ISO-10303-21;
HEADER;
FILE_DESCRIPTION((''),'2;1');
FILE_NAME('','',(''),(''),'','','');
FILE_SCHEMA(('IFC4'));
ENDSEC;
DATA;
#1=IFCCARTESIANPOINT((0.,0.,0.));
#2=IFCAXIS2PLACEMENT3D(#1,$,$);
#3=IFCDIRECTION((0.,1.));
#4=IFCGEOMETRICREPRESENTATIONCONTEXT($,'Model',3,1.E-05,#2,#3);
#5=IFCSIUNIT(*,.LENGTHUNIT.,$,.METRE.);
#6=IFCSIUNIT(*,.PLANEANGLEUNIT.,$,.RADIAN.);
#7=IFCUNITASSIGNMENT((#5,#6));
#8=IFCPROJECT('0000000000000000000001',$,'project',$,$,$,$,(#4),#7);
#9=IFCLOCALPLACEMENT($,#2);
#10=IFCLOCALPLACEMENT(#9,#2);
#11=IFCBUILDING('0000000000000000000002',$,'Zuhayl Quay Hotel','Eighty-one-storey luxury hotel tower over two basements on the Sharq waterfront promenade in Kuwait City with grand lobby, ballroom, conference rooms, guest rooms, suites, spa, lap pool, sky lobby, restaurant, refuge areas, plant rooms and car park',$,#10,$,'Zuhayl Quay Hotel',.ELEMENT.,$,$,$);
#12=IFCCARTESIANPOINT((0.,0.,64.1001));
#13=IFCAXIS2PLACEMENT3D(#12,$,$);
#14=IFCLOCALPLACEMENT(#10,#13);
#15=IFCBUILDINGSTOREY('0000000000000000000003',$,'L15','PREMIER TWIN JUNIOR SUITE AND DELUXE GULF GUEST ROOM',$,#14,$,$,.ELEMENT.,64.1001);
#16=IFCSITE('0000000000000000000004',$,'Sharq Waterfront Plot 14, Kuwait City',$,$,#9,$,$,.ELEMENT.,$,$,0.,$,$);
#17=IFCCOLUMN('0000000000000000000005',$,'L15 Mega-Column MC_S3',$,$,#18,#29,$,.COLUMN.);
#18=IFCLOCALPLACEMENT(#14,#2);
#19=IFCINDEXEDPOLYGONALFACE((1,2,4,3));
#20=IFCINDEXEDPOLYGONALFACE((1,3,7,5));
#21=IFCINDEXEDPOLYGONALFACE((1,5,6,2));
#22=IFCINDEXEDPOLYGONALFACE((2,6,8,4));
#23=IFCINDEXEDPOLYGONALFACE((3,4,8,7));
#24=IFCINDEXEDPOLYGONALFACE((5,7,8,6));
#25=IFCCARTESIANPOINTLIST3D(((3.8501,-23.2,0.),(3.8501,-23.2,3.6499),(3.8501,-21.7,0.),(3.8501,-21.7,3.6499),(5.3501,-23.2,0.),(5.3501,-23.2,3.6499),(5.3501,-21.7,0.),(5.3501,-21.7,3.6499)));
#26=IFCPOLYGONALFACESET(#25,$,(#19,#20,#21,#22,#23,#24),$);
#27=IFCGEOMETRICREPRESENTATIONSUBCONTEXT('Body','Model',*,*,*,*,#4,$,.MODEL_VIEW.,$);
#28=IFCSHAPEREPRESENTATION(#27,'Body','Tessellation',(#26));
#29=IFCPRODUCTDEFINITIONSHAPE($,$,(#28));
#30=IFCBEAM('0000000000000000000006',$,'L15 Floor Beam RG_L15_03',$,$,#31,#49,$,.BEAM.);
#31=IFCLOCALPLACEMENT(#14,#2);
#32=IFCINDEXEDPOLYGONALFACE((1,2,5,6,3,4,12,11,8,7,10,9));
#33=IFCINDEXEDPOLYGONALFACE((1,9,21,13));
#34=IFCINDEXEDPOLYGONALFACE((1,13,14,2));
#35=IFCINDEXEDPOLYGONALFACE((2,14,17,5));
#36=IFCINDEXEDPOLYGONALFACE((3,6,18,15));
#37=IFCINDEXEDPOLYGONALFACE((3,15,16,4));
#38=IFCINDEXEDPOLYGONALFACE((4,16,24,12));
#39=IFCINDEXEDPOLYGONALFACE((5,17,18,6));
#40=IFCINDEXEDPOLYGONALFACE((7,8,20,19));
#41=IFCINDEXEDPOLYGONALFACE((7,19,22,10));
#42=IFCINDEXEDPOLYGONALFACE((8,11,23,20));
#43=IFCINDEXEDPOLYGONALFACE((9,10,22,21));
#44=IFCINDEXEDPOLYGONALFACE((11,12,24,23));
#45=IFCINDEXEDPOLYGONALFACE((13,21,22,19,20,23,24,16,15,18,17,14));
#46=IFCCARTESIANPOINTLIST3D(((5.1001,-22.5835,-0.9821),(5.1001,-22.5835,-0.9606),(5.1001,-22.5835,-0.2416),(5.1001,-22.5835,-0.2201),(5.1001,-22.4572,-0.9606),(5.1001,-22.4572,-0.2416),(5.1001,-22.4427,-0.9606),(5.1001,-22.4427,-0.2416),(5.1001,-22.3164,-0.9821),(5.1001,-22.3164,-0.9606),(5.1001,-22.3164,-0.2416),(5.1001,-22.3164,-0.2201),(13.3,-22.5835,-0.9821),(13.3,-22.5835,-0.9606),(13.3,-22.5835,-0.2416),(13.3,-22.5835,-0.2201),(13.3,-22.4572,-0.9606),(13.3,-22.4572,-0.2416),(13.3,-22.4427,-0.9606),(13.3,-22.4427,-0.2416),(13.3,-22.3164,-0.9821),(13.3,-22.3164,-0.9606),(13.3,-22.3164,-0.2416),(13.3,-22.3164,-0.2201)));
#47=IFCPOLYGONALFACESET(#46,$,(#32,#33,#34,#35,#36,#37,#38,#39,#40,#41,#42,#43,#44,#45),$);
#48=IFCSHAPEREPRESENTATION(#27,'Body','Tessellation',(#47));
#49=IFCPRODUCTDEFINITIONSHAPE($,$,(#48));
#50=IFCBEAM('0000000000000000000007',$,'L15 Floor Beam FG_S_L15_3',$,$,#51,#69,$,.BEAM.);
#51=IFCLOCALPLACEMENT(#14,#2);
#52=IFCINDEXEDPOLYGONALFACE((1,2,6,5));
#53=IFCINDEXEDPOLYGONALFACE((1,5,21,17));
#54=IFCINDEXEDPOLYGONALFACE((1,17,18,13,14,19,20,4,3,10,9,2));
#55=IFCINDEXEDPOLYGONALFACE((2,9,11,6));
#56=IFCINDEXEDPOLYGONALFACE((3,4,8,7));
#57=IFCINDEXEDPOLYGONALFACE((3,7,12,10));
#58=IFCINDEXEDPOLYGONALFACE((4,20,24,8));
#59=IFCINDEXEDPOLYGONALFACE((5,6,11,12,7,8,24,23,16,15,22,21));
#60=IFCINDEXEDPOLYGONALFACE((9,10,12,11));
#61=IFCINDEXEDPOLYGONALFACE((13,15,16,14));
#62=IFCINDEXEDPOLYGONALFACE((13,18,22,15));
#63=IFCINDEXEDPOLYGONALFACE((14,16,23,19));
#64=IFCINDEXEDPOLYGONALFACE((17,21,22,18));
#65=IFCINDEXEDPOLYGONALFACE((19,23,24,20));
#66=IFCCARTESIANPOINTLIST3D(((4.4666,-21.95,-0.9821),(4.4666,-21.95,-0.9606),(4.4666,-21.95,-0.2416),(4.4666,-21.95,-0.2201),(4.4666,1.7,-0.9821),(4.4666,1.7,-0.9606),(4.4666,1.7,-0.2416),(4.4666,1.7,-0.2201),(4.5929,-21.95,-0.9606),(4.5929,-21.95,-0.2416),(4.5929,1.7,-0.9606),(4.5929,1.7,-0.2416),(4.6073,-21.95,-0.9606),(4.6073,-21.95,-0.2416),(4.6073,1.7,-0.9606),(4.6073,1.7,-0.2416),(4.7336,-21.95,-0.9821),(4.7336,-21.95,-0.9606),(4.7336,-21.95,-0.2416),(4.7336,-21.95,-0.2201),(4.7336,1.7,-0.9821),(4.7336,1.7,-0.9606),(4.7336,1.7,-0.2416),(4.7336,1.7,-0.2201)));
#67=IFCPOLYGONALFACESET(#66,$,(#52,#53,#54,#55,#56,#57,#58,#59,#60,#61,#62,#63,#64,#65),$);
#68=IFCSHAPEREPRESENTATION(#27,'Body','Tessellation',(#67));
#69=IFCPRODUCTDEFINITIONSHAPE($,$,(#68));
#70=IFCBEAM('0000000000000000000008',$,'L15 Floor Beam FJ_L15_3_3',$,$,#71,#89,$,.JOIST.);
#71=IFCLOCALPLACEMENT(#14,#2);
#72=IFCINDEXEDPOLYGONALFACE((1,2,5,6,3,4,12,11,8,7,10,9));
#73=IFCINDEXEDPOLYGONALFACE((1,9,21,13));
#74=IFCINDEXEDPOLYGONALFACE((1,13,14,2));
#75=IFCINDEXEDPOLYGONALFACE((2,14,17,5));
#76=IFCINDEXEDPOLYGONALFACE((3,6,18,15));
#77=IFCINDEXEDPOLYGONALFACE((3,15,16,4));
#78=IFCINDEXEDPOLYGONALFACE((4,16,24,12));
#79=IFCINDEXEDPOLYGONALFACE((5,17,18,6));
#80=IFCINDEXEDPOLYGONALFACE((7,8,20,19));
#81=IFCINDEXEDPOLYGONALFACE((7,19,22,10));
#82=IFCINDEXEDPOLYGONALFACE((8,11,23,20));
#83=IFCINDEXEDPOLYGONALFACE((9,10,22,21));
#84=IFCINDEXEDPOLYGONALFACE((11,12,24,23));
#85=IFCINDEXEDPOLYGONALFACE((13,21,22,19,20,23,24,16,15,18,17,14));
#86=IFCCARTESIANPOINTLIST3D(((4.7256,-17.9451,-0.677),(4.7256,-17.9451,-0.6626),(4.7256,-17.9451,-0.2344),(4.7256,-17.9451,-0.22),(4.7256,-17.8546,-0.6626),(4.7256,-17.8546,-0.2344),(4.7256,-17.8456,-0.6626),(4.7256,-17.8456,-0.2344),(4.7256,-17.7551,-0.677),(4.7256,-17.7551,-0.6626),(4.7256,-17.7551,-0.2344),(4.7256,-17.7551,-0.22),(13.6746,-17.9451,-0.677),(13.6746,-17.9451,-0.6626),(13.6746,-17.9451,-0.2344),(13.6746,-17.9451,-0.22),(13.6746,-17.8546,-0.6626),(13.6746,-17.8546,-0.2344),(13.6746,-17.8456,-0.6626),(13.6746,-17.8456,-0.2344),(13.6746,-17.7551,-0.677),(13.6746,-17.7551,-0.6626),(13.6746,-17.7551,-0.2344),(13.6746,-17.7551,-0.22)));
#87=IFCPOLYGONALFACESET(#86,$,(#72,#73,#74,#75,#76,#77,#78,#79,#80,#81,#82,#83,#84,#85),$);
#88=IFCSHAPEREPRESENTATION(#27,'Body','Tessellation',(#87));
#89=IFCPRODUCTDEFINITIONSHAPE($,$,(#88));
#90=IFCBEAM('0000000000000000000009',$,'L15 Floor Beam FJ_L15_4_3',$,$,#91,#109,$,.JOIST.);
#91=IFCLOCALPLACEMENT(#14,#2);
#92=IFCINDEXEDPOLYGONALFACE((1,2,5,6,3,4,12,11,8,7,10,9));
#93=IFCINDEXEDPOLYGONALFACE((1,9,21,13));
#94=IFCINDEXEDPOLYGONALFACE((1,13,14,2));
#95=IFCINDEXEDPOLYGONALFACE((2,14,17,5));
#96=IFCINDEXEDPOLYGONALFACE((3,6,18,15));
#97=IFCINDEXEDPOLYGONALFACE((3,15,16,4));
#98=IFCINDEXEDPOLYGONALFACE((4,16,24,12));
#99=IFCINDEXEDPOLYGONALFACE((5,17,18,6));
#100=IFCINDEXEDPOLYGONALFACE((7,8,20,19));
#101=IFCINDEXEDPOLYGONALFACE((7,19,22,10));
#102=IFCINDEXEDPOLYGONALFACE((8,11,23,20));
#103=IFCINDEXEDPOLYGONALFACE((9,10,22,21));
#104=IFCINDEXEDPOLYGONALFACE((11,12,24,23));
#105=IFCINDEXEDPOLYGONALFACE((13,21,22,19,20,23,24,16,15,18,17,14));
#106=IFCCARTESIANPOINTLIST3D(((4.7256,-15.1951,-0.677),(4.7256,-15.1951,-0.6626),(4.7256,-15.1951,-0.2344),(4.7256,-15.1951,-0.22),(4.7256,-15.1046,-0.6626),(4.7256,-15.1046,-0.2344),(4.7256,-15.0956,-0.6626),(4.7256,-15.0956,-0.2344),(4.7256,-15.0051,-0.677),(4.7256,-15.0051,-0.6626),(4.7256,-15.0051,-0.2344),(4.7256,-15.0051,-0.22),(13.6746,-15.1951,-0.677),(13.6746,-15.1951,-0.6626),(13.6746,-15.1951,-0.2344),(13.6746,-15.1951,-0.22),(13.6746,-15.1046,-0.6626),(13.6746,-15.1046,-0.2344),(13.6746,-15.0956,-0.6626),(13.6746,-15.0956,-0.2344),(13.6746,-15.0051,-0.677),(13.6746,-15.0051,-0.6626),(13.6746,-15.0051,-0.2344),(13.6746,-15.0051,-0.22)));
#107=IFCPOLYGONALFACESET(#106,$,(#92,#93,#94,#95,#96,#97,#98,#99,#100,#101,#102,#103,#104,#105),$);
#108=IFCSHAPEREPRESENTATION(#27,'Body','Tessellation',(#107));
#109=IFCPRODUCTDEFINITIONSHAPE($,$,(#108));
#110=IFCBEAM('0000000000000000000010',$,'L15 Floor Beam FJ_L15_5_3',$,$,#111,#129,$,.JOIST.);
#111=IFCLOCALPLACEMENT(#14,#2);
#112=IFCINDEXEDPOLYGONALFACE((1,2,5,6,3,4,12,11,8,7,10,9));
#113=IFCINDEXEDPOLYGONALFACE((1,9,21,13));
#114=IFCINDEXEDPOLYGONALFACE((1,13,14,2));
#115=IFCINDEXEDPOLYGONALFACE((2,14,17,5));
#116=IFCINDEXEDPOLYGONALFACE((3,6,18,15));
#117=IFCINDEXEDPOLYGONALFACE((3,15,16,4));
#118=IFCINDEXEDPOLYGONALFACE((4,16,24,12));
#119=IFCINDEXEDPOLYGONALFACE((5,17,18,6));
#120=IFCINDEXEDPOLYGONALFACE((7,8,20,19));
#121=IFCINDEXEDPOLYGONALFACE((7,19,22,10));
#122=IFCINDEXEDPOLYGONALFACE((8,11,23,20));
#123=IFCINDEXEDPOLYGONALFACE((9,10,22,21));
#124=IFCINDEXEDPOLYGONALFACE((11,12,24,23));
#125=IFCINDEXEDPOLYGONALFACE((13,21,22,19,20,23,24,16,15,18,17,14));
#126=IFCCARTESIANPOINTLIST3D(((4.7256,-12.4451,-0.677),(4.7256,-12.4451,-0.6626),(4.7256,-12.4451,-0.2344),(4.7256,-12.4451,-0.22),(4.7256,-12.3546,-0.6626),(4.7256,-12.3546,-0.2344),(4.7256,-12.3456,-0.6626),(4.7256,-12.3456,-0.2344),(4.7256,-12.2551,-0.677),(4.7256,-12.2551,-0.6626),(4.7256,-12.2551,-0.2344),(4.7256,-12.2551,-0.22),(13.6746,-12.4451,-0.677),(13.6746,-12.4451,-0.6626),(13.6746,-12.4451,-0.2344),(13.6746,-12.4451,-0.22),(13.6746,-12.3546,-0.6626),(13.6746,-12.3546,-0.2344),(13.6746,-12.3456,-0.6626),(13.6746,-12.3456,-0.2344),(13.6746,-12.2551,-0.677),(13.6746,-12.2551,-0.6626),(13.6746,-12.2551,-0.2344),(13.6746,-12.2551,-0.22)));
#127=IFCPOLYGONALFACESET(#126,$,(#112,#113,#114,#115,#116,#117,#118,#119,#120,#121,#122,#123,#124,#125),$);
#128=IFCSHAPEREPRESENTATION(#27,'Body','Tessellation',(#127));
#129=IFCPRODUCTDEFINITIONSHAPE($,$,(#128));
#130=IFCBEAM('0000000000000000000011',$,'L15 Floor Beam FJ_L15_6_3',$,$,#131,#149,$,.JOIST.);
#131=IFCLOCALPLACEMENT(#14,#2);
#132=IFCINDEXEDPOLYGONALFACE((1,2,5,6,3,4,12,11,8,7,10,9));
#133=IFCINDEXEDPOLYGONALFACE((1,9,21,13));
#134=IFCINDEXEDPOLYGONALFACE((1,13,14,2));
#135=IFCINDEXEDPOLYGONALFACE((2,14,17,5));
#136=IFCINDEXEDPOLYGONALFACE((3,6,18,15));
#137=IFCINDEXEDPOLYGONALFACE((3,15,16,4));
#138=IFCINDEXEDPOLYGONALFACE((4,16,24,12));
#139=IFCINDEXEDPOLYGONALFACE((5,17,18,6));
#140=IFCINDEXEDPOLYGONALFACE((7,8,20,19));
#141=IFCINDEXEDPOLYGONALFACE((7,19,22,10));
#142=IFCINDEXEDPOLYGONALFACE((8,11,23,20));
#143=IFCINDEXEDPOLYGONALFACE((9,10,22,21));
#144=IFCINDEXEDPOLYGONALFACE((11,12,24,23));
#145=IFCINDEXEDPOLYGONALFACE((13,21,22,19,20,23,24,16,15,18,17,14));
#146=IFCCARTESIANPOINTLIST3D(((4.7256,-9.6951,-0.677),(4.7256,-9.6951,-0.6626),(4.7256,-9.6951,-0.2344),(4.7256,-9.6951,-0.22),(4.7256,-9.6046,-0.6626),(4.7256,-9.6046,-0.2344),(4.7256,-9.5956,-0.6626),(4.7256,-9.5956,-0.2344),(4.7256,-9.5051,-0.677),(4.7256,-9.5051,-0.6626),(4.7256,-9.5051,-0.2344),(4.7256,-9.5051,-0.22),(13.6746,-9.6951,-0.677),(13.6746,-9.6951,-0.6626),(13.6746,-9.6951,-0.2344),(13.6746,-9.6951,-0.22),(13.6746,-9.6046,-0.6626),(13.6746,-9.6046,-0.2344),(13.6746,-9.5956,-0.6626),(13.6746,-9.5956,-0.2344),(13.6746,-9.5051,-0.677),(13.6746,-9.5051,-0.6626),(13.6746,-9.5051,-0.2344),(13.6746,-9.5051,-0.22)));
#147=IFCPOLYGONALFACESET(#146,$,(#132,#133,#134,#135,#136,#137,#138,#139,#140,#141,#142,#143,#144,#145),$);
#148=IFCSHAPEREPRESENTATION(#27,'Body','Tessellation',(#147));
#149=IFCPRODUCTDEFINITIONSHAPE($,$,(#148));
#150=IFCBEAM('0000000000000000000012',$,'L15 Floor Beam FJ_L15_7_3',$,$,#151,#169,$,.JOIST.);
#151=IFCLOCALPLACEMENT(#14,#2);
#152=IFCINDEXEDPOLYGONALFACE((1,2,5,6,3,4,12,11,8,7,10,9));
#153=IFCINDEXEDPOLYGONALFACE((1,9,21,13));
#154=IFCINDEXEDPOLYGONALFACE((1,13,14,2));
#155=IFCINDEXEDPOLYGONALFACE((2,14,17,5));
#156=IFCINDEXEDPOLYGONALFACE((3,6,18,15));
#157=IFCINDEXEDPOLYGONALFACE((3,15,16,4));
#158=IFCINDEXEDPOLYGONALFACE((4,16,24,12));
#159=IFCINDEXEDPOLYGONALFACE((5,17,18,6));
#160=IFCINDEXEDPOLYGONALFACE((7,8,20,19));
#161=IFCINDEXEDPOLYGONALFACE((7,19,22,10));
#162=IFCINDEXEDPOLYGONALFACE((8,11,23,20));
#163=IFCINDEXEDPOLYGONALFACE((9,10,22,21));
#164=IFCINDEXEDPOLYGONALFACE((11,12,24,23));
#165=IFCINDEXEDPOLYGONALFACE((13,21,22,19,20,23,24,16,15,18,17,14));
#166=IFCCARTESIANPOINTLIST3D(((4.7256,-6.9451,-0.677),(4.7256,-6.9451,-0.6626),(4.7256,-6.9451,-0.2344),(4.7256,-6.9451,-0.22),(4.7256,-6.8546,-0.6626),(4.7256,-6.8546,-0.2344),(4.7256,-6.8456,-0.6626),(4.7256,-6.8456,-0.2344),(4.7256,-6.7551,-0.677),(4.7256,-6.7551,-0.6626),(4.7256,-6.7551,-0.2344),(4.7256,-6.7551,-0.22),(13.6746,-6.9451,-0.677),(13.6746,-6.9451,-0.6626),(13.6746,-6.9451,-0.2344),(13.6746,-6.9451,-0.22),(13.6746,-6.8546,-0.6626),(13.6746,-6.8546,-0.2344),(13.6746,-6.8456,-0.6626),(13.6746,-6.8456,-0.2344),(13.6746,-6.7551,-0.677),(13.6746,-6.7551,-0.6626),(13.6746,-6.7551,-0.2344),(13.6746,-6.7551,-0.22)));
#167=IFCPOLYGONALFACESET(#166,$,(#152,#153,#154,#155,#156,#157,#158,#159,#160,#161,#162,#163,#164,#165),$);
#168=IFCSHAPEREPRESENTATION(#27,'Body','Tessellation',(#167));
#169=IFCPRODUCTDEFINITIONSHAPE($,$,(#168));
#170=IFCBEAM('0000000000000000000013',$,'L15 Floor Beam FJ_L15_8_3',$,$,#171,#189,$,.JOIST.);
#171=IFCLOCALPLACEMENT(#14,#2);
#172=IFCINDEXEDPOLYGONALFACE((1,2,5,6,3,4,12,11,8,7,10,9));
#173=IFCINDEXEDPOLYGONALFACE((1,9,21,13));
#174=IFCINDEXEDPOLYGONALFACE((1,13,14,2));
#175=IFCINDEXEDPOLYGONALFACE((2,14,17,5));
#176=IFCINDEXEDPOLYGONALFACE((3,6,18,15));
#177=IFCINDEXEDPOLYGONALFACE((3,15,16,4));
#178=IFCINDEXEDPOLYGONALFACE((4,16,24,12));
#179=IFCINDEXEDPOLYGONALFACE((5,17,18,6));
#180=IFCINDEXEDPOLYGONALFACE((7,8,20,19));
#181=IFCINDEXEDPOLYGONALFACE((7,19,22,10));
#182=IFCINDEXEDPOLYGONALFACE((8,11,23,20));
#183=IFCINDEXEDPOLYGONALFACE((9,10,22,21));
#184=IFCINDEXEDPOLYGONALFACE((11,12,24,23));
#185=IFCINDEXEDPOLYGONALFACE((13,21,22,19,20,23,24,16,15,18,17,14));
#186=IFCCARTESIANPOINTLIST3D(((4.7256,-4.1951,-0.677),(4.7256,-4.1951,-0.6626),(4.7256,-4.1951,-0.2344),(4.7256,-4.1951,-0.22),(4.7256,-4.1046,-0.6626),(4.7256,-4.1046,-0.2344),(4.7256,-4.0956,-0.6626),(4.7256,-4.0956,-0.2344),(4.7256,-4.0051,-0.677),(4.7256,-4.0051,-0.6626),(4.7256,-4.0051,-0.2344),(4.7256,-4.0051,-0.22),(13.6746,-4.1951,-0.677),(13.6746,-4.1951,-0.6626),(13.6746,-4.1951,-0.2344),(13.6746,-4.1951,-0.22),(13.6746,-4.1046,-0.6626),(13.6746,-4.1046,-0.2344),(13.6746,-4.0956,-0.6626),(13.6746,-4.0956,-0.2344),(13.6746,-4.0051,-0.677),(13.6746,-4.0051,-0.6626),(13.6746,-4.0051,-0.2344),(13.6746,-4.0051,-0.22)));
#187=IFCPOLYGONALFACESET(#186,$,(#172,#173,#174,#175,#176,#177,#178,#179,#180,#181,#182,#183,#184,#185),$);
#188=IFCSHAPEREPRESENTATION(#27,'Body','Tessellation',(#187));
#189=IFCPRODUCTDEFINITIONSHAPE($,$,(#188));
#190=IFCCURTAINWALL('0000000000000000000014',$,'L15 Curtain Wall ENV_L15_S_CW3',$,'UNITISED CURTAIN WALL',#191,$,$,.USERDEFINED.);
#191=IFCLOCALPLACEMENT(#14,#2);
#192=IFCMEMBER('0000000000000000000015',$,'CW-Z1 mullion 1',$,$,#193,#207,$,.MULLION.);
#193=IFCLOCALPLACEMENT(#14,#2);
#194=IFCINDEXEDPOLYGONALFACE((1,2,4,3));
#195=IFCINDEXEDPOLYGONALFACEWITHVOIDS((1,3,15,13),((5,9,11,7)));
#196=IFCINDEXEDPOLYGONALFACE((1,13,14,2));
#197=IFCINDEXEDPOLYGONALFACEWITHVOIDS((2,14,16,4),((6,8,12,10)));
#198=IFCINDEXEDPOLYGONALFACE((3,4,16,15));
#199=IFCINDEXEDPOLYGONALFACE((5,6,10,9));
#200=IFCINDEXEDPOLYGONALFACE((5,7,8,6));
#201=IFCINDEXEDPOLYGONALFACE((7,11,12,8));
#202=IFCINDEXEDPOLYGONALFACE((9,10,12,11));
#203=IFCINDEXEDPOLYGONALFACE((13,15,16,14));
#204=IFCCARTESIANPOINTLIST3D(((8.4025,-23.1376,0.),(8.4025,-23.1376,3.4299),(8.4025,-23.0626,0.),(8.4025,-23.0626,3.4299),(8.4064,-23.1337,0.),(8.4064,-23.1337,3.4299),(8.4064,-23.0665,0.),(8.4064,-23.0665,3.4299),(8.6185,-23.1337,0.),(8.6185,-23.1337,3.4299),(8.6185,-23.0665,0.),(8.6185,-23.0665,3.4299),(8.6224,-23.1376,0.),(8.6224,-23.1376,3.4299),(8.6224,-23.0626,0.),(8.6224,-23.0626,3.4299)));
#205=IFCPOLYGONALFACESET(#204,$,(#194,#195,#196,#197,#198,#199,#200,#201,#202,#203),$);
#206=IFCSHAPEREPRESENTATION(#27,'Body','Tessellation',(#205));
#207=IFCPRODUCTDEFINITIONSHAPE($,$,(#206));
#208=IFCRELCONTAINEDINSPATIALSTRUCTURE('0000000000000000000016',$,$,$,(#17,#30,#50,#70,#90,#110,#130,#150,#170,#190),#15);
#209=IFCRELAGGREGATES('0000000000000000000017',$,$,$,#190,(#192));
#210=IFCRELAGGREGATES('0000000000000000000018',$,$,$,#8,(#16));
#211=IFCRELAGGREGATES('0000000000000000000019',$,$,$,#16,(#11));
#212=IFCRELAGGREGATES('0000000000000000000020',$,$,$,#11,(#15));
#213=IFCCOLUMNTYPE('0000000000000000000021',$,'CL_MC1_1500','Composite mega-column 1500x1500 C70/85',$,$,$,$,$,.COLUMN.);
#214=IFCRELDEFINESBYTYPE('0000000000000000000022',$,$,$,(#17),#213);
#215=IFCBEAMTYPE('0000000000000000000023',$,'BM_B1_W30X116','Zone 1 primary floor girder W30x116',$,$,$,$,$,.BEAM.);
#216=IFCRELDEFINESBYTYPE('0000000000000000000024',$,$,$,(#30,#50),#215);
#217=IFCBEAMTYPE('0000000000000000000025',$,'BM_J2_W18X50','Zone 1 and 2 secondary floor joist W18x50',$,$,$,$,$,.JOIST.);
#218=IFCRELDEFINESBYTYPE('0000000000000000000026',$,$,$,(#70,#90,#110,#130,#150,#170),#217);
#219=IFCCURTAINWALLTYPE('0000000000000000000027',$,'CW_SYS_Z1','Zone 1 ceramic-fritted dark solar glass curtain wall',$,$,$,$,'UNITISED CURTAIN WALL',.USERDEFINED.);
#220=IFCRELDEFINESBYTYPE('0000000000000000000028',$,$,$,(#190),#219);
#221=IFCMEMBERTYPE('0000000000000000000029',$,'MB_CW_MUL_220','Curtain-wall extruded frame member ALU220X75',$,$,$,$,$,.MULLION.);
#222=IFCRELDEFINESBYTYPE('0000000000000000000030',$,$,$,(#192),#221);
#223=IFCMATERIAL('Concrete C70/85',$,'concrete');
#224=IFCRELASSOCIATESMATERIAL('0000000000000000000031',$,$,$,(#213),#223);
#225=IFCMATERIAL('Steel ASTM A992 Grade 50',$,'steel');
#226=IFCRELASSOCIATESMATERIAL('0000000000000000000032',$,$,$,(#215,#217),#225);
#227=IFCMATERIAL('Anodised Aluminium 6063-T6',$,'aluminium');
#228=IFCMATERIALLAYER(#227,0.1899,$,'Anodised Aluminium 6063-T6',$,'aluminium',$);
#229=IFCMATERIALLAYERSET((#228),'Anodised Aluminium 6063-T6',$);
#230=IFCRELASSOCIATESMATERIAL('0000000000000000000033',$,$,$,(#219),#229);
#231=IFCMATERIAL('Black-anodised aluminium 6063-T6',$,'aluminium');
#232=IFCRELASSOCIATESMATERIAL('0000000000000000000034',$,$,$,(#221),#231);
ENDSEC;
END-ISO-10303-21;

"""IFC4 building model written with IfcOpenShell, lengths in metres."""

from ifc_helpers import new_model, si_unit, direction, frame, origin, origin_2d, place, context, subcontext, project, spatial, rectangle, hollow_rectangle, i_section, extrude, material, layer, layer_set, material_profile, profile_set, type_object, element, aggregate, save


model = new_model("IFC4")

# Units and contexts
model_context = context("Model", 3, precision=1e-05, world=origin(), true_north=direction((0.0, 1.0)))
body_context = subcontext(model_context, "Body", "Model", "MODEL_VIEW")
ifc_project = project(units=[si_unit("LENGTHUNIT", "METRE"), si_unit("PLANEANGLEUNIT", "RADIAN")], contexts=[model_context])

# Site, building, storey
site_placement = place(None, origin())
site = spatial("IfcSite", under=ifc_project, at=site_placement, Name="Sharq Waterfront Plot 14, Kuwait City", CompositionType="ELEMENT", RefElevation=0.0)
building_placement = place(site_placement, origin())
building = spatial("IfcBuilding", under=site, at=building_placement, Name="Zuhayl Quay Hotel", Description="Eighty-one-storey luxury hotel tower over two basements on the Sharq waterfront promenade in Kuwait City with grand lobby, ballroom, conference rooms, guest rooms, suites, spa, lap pool, sky lobby, restaurant, refuge areas, plant rooms and car park", LongName="Zuhayl Quay Hotel", CompositionType="ELEMENT")
storey_placement = place(building_placement, frame((0.0, 0.0, 64.1001)))
storey = spatial("IfcBuildingStorey", under=building, at=storey_placement, Name="L15", Description="PREMIER TWIN JUNIOR SUITE AND DELUXE GULF GUEST ROOM", CompositionType="ELEMENT", Elevation=64.1001)

# Column
ifc_material_1 = material(Name="Concrete C70/85", Category="concrete")
ifc_material_profile_1 = material_profile(ifc_material_1, rectangle(XDim=1.5, YDim=1.5, at=origin_2d()), Name="RC1500X1500")
ifc_profile_set_1 = profile_set([ifc_material_profile_1], Name="Concrete C70/85")
column_type = type_object("IfcColumnType", Name="CL_MC1_1500", Description="Composite mega-column 1500x1500 C70/85", PredefinedType="COLUMN", material=ifc_profile_set_1)
column_placement = place(storey_placement, frame((4.6001, -22.45, 0.0), z_axis=(0.0, 0.0, 1.0), x_axis=(1.0, 0.0, 0.0)))
element("IfcColumn", 1, at=column_placement, inside=storey, type_object=column_type, Name="L15 Mega-Column MC_S3", PredefinedType="COLUMN", context=body_context, shape_type="SweptSolid", body=[
    extrude(rectangle(XDim=1.5, YDim=1.5, at=origin_2d()), origin(), (0.0, 0.0, 1.0), 3.6499),
])

# Beams
ifc_material_2 = material(Name="Steel ASTM A992 Grade 50", Category="steel")
ifc_material_profile_2 = material_profile(ifc_material_2, i_section(OverallWidth=0.2671, OverallDepth=0.762, WebThickness=0.0144, FlangeThickness=0.0215, at=origin_2d()), Name="W30X116")
ifc_profile_set_2 = profile_set([ifc_material_profile_2], Name="Steel ASTM A992 Grade 50")
beam_type_1 = type_object("IfcBeamType", Name="BM_B1_W30X116", Description="Zone 1 primary floor girder W30x116", PredefinedType="BEAM", material=ifc_profile_set_2)
beam_1_placement = place(storey_placement, frame((5.1001, -22.45, -0.6011), z_axis=(1.0, 0.0, 0.0), x_axis=(0.0, 1.0, 0.0)))
element("IfcBeam", 2, at=beam_1_placement, inside=storey, type_object=beam_type_1, Name="L15 Floor Beam RG_L15_03", PredefinedType="BEAM", context=body_context, shape_type="SweptSolid", body=[
    extrude(i_section(OverallWidth=0.2671, OverallDepth=0.762, WebThickness=0.0144, FlangeThickness=0.0215, at=origin_2d()), origin(), (0.0, 0.0, 1.0), 8.2),
])
beam_2_placement = place(storey_placement, frame((4.6001, -21.95, -0.6011), z_axis=(0.0, 1.0, 0.0), x_axis=(-1.0, 0.0, 0.0)))
element("IfcBeam", 3, at=beam_2_placement, inside=storey, type_object=beam_type_1, Name="L15 Floor Beam FG_S_L15_3", PredefinedType="BEAM", context=body_context, shape_type="SweptSolid", body=[
    extrude(i_section(OverallWidth=0.2671, OverallDepth=0.762, WebThickness=0.0144, FlangeThickness=0.0215, at=origin_2d()), origin(), (0.0, 0.0, 1.0), 23.6499),
])
ifc_material_profile_3 = material_profile(ifc_material_2, i_section(OverallWidth=0.1899, OverallDepth=0.457, WebThickness=0.009, FlangeThickness=0.0144, at=origin_2d()), Name="W18X50")
ifc_profile_set_3 = profile_set([ifc_material_profile_3], Name="Steel ASTM A992 Grade 50")
beam_type_2 = type_object("IfcBeamType", Name="BM_J2_W18X50", Description="Zone 1 and 2 secondary floor joist W18x50", PredefinedType="JOIST", material=ifc_profile_set_3)
for number, where, z_axis, x_axis, name in (
    (4, (4.7256, -17.8501, -0.4485), (1.0, 0.0, 0.0), (0.0, 1.0, 0.0), "L15 Floor Beam FJ_L15_3_3"),
    (5, (4.7256, -15.1001, -0.4485), (1.0, 0.0, 0.0), (0.0, 1.0, 0.0), "L15 Floor Beam FJ_L15_4_3"),
    (6, (4.7256, -12.3501, -0.4485), (1.0, 0.0, 0.0), (0.0, 1.0, 0.0), "L15 Floor Beam FJ_L15_5_3"),
    (7, (4.7256, -9.6001, -0.4485), (1.0, 0.0, 0.0), (0.0, 1.0, 0.0), "L15 Floor Beam FJ_L15_6_3"),
    (8, (4.7256, -6.8501, -0.4485), (1.0, 0.0, 0.0), (0.0, 1.0, 0.0), "L15 Floor Beam FJ_L15_7_3"),
    (9, (4.7256, -4.1001, -0.4485), (1.0, 0.0, 0.0), (0.0, 1.0, 0.0), "L15 Floor Beam FJ_L15_8_3"),
):
    element("IfcBeam", number, at=place(storey_placement, frame(where, z_axis=z_axis, x_axis=x_axis)), inside=storey, type_object=beam_type_2, Name=name, PredefinedType="JOIST", context=body_context, shape_type="SweptSolid", body=[
        extrude(i_section(OverallWidth=0.1899, OverallDepth=0.457, WebThickness=0.009, FlangeThickness=0.0144, at=origin_2d()), origin(), (0.0, 0.0, 1.0), 8.949),
    ])

# Curtain wall, member
ifc_material_3 = material(Name="Anodised Aluminium 6063-T6", Category="aluminium")
ifc_layer_1 = layer(ifc_material_3, 0.1899, Name="Anodised Aluminium 6063-T6", Category="aluminium")
ifc_layer_set_1 = layer_set([ifc_layer_1], Name="Anodised Aluminium 6063-T6")
curtain_wall_type = type_object("IfcCurtainWallType", Name="CW_SYS_Z1", Description="Zone 1 ceramic-fritted dark solar glass curtain wall", ElementType="UNITISED CURTAIN WALL", PredefinedType="USERDEFINED", material=ifc_layer_set_1)
curtain_wall_1_placement = place(storey_placement, origin())
curtain_wall_1 = element("IfcCurtainWall", 10, at=curtain_wall_1_placement, inside=storey, type_object=curtain_wall_type, Name="L15 Curtain Wall ENV_L15_S_CW3", ObjectType="UNITISED CURTAIN WALL", PredefinedType="USERDEFINED")
ifc_material_4 = material(Name="Black-anodised aluminium 6063-T6", Category="aluminium")
ifc_material_profile_4 = material_profile(ifc_material_4, hollow_rectangle(XDim=0.075, YDim=0.22, WallThickness=0.0039, at=origin_2d()), Name="ALU220X75")
ifc_profile_set_4 = profile_set([ifc_material_profile_4], Name="Black-anodised aluminium 6063-T6")
member_type_1 = type_object("IfcMemberType", Name="MB_CW_MUL_220", Description="Curtain-wall extruded frame member ALU220X75", PredefinedType="MULLION", material=ifc_profile_set_4)
member_1_placement = place(storey_placement, frame((8.5125, -23.1001, 0.0), z_axis=(0.0, 0.0, 1.0), x_axis=(0.0, -1.0, 0.0)))
member_1 = element("IfcMember", 11, at=member_1_placement, type_object=member_type_1, Name="CW-Z1 mullion 1", PredefinedType="MULLION", context=body_context, shape_type="SweptSolid", body=[
    extrude(hollow_rectangle(XDim=0.075, YDim=0.22, WallThickness=0.0039, at=origin_2d()), origin(), (0.0, 0.0, 1.0), 3.4299),
])

aggregate(curtain_wall_1, [member_1])

save(model, "model.ifc")
